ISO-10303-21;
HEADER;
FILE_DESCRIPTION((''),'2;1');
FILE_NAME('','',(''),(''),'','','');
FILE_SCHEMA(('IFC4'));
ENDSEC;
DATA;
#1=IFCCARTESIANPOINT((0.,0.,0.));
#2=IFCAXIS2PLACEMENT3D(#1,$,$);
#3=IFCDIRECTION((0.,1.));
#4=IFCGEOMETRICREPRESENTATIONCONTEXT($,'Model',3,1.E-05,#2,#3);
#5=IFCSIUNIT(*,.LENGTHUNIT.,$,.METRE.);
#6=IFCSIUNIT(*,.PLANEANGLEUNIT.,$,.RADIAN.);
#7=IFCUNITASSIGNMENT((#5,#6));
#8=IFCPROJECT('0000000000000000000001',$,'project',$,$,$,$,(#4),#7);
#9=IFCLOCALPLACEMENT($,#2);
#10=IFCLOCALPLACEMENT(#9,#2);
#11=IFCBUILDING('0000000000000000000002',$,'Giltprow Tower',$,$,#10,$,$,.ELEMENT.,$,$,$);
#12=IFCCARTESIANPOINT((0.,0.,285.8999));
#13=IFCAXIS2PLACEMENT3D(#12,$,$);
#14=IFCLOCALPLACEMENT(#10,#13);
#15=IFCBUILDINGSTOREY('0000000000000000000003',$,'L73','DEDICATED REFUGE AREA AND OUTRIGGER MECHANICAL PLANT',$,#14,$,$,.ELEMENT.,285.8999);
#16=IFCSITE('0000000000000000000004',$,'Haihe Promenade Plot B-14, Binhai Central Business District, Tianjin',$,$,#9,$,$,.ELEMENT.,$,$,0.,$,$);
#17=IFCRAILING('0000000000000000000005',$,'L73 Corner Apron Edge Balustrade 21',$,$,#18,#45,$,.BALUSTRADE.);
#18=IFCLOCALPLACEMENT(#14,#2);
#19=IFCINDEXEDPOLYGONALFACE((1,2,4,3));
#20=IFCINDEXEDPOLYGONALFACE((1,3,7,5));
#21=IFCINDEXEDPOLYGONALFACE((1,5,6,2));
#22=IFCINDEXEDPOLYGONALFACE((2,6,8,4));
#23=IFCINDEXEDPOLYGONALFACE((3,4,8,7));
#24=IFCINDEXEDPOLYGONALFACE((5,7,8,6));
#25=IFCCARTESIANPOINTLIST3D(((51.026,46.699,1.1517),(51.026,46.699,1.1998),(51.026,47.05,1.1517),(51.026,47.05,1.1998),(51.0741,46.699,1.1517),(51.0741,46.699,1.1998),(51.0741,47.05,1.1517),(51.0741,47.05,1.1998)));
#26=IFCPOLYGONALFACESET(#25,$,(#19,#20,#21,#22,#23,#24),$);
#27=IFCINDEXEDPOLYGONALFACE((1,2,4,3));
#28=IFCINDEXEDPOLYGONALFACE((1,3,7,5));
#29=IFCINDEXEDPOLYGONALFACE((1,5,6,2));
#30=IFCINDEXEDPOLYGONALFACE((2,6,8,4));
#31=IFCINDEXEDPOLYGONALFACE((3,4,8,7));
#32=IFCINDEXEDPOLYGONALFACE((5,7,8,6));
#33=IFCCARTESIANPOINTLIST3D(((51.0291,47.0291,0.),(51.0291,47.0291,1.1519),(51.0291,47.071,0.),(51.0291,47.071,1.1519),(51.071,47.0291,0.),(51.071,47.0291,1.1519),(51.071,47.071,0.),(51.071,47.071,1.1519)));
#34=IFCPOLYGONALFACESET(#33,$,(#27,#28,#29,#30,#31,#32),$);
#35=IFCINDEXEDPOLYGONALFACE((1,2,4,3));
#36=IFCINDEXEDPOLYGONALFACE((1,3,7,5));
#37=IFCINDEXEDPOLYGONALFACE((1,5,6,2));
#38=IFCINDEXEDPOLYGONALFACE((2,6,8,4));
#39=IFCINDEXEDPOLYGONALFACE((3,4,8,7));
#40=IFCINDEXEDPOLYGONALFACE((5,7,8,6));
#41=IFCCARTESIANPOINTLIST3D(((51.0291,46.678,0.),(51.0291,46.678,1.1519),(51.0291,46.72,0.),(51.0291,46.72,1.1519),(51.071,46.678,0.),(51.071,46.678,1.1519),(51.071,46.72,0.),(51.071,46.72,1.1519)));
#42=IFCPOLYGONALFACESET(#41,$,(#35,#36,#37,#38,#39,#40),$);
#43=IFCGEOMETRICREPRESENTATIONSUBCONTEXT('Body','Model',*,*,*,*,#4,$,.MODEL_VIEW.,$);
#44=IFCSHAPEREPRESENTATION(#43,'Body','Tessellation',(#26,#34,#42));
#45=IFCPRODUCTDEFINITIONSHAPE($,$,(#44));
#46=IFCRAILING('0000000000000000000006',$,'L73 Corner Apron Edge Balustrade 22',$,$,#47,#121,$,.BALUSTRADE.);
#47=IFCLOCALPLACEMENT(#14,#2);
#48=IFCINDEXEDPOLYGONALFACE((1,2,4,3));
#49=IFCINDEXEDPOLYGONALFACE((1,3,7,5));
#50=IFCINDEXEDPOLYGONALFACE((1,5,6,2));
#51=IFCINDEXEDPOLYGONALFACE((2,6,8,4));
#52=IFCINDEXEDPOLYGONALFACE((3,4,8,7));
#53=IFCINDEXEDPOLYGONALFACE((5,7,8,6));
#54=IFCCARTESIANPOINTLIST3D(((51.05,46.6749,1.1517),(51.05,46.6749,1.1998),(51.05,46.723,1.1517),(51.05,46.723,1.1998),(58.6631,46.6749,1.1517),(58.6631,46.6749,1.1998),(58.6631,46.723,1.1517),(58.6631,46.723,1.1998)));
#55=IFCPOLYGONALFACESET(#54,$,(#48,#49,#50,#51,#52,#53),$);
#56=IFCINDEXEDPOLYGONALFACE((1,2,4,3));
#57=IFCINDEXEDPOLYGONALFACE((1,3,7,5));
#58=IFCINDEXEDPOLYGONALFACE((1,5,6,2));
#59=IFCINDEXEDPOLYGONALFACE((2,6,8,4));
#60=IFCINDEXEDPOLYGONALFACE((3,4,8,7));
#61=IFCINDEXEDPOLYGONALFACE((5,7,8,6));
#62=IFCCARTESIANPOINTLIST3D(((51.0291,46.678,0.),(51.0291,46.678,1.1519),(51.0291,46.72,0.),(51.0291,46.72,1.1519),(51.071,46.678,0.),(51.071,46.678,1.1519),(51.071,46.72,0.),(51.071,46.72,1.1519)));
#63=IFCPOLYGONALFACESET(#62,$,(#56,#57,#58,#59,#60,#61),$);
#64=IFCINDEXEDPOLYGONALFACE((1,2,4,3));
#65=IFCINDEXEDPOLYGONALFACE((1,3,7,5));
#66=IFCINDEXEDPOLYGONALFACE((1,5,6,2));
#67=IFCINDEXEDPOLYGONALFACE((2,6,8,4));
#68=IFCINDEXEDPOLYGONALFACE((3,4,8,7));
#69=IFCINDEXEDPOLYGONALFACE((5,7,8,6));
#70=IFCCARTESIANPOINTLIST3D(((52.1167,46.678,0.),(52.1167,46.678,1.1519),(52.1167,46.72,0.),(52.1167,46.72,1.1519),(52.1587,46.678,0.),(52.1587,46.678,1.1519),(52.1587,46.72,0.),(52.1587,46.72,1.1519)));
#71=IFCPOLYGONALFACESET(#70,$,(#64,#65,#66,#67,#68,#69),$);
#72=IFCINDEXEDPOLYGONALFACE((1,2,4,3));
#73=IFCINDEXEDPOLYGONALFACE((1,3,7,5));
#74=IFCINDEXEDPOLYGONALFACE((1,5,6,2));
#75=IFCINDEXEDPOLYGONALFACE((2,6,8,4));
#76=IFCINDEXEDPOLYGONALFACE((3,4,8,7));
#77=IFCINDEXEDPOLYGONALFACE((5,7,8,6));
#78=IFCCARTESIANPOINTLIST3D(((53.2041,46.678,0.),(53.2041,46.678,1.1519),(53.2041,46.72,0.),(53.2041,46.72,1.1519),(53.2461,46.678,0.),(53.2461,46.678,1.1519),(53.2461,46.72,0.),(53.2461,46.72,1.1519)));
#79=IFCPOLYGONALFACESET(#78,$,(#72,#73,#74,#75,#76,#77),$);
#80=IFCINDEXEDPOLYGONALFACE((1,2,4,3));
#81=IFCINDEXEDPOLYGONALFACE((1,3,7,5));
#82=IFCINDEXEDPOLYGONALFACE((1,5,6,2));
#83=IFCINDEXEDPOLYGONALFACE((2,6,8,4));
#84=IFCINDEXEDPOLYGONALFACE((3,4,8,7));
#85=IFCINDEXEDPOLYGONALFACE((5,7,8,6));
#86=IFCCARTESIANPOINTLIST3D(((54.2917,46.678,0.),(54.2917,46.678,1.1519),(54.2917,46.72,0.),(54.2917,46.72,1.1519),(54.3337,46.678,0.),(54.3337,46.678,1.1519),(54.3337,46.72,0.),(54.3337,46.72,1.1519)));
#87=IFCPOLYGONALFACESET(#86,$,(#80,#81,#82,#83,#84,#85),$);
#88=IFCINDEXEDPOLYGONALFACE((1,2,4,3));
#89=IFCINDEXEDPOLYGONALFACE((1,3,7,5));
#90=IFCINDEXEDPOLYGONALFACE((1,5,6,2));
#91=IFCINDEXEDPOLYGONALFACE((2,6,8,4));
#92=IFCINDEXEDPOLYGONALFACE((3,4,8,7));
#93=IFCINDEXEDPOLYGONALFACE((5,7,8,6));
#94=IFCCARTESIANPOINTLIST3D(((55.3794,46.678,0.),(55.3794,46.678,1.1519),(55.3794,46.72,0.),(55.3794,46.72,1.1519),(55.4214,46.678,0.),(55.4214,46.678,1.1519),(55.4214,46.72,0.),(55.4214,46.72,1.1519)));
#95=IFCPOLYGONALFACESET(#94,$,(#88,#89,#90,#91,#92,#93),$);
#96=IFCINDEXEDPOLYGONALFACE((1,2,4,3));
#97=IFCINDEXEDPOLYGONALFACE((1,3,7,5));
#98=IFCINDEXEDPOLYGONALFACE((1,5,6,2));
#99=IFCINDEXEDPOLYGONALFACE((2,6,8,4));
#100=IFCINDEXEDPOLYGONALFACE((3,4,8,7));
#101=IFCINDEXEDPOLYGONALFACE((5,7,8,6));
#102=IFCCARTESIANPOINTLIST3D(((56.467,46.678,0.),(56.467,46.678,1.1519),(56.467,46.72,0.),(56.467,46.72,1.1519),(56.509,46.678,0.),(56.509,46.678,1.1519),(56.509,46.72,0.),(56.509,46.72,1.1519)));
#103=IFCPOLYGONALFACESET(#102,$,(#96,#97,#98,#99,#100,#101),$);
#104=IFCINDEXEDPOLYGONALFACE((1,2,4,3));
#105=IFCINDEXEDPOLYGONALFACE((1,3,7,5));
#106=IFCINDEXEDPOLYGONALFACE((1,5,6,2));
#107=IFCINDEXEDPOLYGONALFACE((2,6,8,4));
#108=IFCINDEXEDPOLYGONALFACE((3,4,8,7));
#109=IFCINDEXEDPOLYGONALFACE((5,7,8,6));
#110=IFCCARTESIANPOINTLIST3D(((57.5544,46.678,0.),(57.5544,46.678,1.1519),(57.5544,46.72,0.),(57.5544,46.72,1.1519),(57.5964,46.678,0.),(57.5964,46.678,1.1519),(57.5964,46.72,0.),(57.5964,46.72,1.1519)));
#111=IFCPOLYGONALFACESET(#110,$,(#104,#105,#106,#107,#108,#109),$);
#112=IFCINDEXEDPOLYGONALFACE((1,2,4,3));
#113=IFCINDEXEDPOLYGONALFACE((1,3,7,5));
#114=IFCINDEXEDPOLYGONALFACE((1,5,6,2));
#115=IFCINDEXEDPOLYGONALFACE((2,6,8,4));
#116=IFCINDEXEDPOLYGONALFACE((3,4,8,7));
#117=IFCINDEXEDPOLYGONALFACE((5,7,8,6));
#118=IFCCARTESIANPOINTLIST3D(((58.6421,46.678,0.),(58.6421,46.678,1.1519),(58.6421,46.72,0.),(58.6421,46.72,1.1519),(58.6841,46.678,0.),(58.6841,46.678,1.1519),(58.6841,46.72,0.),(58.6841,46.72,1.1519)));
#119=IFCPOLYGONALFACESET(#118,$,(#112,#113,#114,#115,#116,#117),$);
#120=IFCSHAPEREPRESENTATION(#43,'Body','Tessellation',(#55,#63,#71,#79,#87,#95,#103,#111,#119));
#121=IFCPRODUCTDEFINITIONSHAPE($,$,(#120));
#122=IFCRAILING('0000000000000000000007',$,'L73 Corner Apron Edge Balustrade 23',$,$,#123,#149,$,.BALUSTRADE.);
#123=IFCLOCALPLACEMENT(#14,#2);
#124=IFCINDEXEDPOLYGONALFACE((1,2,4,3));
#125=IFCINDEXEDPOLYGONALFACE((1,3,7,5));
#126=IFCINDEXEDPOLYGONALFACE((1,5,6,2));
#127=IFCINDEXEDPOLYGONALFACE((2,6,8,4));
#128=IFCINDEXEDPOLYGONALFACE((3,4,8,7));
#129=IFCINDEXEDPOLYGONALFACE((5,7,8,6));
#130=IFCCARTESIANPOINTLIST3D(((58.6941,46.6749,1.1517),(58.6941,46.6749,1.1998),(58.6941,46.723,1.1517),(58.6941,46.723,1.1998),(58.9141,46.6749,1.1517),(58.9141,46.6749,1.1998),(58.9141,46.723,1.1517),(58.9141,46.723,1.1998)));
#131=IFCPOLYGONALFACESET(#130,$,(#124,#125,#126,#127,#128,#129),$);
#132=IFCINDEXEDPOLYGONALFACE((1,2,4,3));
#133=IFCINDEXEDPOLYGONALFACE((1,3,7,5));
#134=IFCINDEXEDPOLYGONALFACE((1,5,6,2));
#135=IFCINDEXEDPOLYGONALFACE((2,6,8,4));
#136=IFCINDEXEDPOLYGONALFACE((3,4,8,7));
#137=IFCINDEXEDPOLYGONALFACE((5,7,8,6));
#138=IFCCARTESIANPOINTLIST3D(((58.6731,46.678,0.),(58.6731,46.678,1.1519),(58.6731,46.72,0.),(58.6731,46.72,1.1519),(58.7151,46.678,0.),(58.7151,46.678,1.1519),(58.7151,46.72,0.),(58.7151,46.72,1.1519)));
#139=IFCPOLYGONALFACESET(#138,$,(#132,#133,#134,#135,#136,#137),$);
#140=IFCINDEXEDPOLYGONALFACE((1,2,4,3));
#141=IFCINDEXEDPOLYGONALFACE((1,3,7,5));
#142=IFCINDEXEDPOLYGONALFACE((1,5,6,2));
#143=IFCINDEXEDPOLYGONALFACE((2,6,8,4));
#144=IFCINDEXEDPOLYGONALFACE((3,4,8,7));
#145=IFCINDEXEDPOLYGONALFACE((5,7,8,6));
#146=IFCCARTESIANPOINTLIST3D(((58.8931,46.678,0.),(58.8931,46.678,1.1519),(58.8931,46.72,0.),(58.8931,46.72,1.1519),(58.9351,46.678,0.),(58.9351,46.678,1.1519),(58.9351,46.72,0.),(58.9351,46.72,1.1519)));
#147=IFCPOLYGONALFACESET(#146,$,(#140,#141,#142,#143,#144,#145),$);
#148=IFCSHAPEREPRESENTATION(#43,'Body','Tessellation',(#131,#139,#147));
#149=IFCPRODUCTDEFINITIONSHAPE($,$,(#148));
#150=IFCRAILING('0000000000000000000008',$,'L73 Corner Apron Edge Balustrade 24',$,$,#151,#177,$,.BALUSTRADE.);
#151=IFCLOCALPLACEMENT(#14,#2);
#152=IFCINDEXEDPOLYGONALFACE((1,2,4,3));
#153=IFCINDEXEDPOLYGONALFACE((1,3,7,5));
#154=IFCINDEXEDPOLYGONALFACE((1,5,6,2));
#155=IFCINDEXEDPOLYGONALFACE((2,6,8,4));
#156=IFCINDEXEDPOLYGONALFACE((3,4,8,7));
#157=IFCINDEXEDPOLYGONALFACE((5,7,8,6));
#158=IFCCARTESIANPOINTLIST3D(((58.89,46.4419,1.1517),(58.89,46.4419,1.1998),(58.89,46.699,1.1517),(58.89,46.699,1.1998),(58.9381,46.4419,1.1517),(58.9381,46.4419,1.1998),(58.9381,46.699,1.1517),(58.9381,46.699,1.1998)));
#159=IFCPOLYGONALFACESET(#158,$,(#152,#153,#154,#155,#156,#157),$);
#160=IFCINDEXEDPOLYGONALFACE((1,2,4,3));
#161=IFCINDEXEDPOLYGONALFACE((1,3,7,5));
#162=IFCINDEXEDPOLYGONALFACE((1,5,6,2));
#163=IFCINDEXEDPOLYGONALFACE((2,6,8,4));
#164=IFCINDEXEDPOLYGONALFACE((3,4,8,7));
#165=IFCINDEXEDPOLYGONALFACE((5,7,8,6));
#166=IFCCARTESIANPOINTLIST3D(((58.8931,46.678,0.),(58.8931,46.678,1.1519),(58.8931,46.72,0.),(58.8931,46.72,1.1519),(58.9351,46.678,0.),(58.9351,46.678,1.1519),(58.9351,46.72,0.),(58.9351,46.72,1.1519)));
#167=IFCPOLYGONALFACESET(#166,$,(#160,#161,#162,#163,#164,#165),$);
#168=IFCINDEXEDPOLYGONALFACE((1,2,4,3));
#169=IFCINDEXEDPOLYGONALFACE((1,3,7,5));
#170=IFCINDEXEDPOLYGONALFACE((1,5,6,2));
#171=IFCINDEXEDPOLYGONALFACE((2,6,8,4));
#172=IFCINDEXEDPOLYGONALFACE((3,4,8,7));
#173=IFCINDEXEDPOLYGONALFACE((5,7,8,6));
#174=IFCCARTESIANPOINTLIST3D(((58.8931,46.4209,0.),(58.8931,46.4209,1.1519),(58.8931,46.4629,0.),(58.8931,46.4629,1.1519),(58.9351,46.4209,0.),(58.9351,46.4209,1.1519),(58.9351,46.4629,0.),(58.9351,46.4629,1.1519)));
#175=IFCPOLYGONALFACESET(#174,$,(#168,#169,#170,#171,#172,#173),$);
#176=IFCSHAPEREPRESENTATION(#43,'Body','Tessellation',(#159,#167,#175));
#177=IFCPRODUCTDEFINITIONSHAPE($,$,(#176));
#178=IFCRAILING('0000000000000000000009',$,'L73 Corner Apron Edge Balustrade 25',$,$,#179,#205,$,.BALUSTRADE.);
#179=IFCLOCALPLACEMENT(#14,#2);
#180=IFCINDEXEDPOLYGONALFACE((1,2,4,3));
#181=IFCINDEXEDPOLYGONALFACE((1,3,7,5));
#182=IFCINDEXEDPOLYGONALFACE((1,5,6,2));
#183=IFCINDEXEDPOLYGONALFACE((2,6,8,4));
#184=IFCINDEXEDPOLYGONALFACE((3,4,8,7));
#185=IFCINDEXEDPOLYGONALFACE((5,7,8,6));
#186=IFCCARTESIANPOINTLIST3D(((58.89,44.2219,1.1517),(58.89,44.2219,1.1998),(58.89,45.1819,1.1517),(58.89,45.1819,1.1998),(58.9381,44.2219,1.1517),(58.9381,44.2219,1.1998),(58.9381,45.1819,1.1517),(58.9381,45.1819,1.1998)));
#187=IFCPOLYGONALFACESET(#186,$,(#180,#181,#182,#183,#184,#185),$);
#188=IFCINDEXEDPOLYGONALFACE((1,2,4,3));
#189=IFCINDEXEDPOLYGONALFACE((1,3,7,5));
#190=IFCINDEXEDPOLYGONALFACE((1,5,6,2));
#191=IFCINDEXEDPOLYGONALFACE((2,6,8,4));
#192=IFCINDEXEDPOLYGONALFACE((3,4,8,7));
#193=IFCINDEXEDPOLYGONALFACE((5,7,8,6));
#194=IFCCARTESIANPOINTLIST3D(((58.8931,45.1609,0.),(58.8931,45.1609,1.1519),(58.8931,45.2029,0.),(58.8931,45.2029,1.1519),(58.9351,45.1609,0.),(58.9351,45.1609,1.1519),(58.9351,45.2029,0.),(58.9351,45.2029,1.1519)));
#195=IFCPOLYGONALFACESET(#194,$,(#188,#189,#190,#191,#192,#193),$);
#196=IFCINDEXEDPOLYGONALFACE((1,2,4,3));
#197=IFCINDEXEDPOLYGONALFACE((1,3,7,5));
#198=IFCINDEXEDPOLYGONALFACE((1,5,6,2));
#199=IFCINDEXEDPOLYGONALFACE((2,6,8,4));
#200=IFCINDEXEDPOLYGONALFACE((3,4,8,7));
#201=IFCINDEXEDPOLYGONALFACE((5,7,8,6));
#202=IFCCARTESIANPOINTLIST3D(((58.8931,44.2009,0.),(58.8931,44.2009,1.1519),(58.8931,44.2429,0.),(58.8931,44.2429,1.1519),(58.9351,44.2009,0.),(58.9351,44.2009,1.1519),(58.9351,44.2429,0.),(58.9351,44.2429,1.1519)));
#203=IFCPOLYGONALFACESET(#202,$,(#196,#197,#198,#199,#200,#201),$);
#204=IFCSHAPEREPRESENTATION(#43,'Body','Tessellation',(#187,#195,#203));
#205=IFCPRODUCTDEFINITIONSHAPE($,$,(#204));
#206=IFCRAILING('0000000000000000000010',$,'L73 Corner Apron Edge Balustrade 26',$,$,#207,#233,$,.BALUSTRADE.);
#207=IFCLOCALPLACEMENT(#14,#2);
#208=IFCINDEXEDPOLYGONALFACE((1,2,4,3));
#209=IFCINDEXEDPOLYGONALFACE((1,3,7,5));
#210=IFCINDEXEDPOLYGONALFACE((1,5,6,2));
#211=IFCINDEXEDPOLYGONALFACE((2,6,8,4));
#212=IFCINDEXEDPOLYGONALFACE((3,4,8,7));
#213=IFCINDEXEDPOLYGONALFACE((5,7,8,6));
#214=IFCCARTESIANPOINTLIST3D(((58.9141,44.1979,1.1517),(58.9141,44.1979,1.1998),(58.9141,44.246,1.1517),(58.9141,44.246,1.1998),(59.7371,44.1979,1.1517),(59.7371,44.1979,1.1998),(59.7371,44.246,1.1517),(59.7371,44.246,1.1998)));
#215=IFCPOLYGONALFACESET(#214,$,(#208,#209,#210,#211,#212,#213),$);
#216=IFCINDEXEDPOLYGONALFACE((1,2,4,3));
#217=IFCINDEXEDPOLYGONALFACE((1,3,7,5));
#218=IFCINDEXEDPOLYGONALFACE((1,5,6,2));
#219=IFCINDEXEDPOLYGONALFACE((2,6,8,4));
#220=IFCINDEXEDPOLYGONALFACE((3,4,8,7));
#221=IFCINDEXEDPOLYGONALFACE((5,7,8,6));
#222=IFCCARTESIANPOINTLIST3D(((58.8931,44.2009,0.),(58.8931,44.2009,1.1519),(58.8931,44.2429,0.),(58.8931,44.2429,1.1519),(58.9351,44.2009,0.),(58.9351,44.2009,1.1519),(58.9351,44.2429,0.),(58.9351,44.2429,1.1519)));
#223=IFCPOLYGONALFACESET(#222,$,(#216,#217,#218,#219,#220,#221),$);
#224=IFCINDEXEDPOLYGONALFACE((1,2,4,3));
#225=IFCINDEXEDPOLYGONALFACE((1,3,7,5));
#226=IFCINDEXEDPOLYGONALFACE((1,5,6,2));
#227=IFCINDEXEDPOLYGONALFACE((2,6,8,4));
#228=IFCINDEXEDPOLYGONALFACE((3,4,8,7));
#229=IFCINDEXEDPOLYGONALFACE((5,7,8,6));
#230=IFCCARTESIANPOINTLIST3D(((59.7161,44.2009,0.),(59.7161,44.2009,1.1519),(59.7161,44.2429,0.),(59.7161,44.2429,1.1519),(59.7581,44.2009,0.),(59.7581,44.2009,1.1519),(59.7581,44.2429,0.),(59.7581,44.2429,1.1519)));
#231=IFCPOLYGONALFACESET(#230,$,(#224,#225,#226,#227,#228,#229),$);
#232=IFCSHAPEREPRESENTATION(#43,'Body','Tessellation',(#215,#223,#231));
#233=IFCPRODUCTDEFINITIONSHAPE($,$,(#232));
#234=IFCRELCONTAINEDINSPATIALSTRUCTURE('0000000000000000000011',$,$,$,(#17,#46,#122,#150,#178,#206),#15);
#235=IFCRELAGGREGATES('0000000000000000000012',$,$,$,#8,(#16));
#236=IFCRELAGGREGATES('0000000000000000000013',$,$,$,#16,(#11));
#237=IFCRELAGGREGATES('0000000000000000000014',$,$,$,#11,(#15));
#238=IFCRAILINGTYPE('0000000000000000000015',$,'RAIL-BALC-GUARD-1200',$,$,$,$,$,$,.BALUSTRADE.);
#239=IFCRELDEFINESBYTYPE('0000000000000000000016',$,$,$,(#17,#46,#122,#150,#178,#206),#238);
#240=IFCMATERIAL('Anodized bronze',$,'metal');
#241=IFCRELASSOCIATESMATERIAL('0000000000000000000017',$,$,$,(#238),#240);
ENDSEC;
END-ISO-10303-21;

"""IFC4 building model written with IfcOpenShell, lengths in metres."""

from ifc_helpers import new_model, si_unit, direction, frame, origin, origin_2d, place, context, subcontext, project, spatial, rectangle, extrude, material, type_object, element, save


model = new_model("IFC4")

# Units and contexts
model_context = context("Model", 3, precision=1e-05, world=origin(), true_north=direction((0.0, 1.0)))
body_context = subcontext(model_context, "Body", "Model", "MODEL_VIEW")
ifc_project = project(units=[si_unit("LENGTHUNIT", "METRE"), si_unit("PLANEANGLEUNIT", "RADIAN")], contexts=[model_context])

# Site, building, storey
site_placement = place(None, origin())
site = spatial("IfcSite", under=ifc_project, at=site_placement, Name="Haihe Promenade Plot B-14, Binhai Central Business District, Tianjin", CompositionType="ELEMENT", RefElevation=0.0)
building_placement = place(site_placement, origin())
building = spatial("IfcBuilding", under=site, at=building_placement, Name="Giltprow Tower", CompositionType="ELEMENT")
storey_placement = place(building_placement, frame((0.0, 0.0, 285.8999)))
storey = spatial("IfcBuildingStorey", under=building, at=storey_placement, Name="L73", Description="DEDICATED REFUGE AREA AND OUTRIGGER MECHANICAL PLANT", CompositionType="ELEMENT", Elevation=285.8999)

# Railings
ifc_material_1 = material(Name="Anodized bronze", Category="metal")
railing_type_1 = type_object("IfcRailingType", Name="RAIL-BALC-GUARD-1200", PredefinedType="BALUSTRADE", material=ifc_material_1)
railing_1_placement = place(storey_placement, frame((51.05, 47.05, 0.0)))
element("IfcRailing", 1, at=railing_1_placement, inside=storey, type_object=railing_type_1, Name="L73 Corner Apron Edge Balustrade 21", PredefinedType="BALUSTRADE", context=body_context, shape_type="SweptSolid", body=[
    extrude(rectangle(XDim=0.0481, YDim=0.0481, at=origin_2d()), frame((0.0, 0.0, 1.1758), z_axis=(0.0, -1.0, 0.0), x_axis=(1.0, 0.0, 0.0)), (0.0, 0.0, 1.0), 0.3511),
    extrude(rectangle(XDim=0.042, YDim=0.042, at=origin_2d()), origin(), (0.0, 0.0, 1.0), 1.1519),
    extrude(rectangle(XDim=0.042, YDim=0.042, at=origin_2d()), frame((0.0, -0.3511, 0.0)), (0.0, 0.0, 1.0), 1.1519),
])
railing_2_placement = place(storey_placement, frame((51.05, 46.699, 0.0)))
element("IfcRailing", 2, at=railing_2_placement, inside=storey, type_object=railing_type_1, Name="L73 Corner Apron Edge Balustrade 22", PredefinedType="BALUSTRADE", context=body_context, shape_type="SweptSolid", body=[
    extrude(rectangle(XDim=0.0481, YDim=0.0481, at=origin_2d()), frame((0.0, 0.0, 1.1758), z_axis=(1.0, 0.0, 0.0), x_axis=(0.0, 1.0, 0.0)), (0.0, 0.0, 1.0), 7.613),
    extrude(rectangle(XDim=0.042, YDim=0.042, at=origin_2d()), origin(), (0.0, 0.0, 1.0), 1.1519),
    extrude(rectangle(XDim=0.042, YDim=0.042, at=origin_2d()), frame((1.0876, 0.0, 0.0)), (0.0, 0.0, 1.0), 1.1519),
    extrude(rectangle(XDim=0.042, YDim=0.042, at=origin_2d()), frame((2.175, 0.0, 0.0)), (0.0, 0.0, 1.0), 1.1519),
    extrude(rectangle(XDim=0.042, YDim=0.042, at=origin_2d()), frame((3.2627, 0.0, 0.0)), (0.0, 0.0, 1.0), 1.1519),
    extrude(rectangle(XDim=0.042, YDim=0.042, at=origin_2d()), frame((4.3503, 0.0, 0.0)), (0.0, 0.0, 1.0), 1.1519),
    extrude(rectangle(XDim=0.042, YDim=0.042, at=origin_2d()), frame((5.438, 0.0, 0.0)), (0.0, 0.0, 1.0), 1.1519),
    extrude(rectangle(XDim=0.042, YDim=0.042, at=origin_2d()), frame((6.5254, 0.0, 0.0)), (0.0, 0.0, 1.0), 1.1519),
    extrude(rectangle(XDim=0.042, YDim=0.042, at=origin_2d()), frame((7.613, 0.0, 0.0)), (0.0, 0.0, 1.0), 1.1519),
])
railing_3_placement = place(storey_placement, frame((58.6941, 46.699, 0.0)))
element("IfcRailing", 3, at=railing_3_placement, inside=storey, type_object=railing_type_1, Name="L73 Corner Apron Edge Balustrade 23", PredefinedType="BALUSTRADE", context=body_context, shape_type="SweptSolid", body=[
    extrude(rectangle(XDim=0.0481, YDim=0.0481, at=origin_2d()), frame((0.0, 0.0, 1.1758), z_axis=(1.0, 0.0, 0.0), x_axis=(0.0, 1.0, 0.0)), (0.0, 0.0, 1.0), 0.22),
    extrude(rectangle(XDim=0.042, YDim=0.042, at=origin_2d()), origin(), (0.0, 0.0, 1.0), 1.1519),
    extrude(rectangle(XDim=0.042, YDim=0.042, at=origin_2d()), frame((0.22, 0.0, 0.0)), (0.0, 0.0, 1.0), 1.1519),
])
railing_4_placement = place(storey_placement, frame((58.9141, 46.699, 0.0)))
element("IfcRailing", 4, at=railing_4_placement, inside=storey, type_object=railing_type_1, Name="L73 Corner Apron Edge Balustrade 24", PredefinedType="BALUSTRADE", context=body_context, shape_type="SweptSolid", body=[
    extrude(rectangle(XDim=0.0481, YDim=0.0481, at=origin_2d()), frame((0.0, 0.0, 1.1758), z_axis=(0.0, -1.0, 0.0), x_axis=(1.0, 0.0, 0.0)), (0.0, 0.0, 1.0), 0.2571),
    extrude(rectangle(XDim=0.042, YDim=0.042, at=origin_2d()), origin(), (0.0, 0.0, 1.0), 1.1519),
    extrude(rectangle(XDim=0.042, YDim=0.042, at=origin_2d()), frame((0.0, -0.2571, 0.0)), (0.0, 0.0, 1.0), 1.1519),
])
railing_5_placement = place(storey_placement, frame((58.9141, 45.1819, 0.0)))
element("IfcRailing", 5, at=railing_5_placement, inside=storey, type_object=railing_type_1, Name="L73 Corner Apron Edge Balustrade 25", PredefinedType="BALUSTRADE", context=body_context, shape_type="SweptSolid", body=[
    extrude(rectangle(XDim=0.0481, YDim=0.0481, at=origin_2d()), frame((0.0, 0.0, 1.1758), z_axis=(0.0, -1.0, 0.0), x_axis=(1.0, 0.0, 0.0)), (0.0, 0.0, 1.0), 0.96),
    extrude(rectangle(XDim=0.042, YDim=0.042, at=origin_2d()), origin(), (0.0, 0.0, 1.0), 1.1519),
    extrude(rectangle(XDim=0.042, YDim=0.042, at=origin_2d()), frame((0.0, -0.96, 0.0)), (0.0, 0.0, 1.0), 1.1519),
])
railing_6_placement = place(storey_placement, frame((58.9141, 44.2219, 0.0)))
element("IfcRailing", 6, at=railing_6_placement, inside=storey, type_object=railing_type_1, Name="L73 Corner Apron Edge Balustrade 26", PredefinedType="BALUSTRADE", context=body_context, shape_type="SweptSolid", body=[
    extrude(rectangle(XDim=0.0481, YDim=0.0481, at=origin_2d()), frame((0.0, 0.0, 1.1758), z_axis=(1.0, 0.0, 0.0), x_axis=(0.0, 1.0, 0.0)), (0.0, 0.0, 1.0), 0.823),
    extrude(rectangle(XDim=0.042, YDim=0.042, at=origin_2d()), origin(), (0.0, 0.0, 1.0), 1.1519),
    extrude(rectangle(XDim=0.042, YDim=0.042, at=origin_2d()), frame((0.823, 0.0, 0.0)), (0.0, 0.0, 1.0), 1.1519),
])

save(model, "model.ifc")
